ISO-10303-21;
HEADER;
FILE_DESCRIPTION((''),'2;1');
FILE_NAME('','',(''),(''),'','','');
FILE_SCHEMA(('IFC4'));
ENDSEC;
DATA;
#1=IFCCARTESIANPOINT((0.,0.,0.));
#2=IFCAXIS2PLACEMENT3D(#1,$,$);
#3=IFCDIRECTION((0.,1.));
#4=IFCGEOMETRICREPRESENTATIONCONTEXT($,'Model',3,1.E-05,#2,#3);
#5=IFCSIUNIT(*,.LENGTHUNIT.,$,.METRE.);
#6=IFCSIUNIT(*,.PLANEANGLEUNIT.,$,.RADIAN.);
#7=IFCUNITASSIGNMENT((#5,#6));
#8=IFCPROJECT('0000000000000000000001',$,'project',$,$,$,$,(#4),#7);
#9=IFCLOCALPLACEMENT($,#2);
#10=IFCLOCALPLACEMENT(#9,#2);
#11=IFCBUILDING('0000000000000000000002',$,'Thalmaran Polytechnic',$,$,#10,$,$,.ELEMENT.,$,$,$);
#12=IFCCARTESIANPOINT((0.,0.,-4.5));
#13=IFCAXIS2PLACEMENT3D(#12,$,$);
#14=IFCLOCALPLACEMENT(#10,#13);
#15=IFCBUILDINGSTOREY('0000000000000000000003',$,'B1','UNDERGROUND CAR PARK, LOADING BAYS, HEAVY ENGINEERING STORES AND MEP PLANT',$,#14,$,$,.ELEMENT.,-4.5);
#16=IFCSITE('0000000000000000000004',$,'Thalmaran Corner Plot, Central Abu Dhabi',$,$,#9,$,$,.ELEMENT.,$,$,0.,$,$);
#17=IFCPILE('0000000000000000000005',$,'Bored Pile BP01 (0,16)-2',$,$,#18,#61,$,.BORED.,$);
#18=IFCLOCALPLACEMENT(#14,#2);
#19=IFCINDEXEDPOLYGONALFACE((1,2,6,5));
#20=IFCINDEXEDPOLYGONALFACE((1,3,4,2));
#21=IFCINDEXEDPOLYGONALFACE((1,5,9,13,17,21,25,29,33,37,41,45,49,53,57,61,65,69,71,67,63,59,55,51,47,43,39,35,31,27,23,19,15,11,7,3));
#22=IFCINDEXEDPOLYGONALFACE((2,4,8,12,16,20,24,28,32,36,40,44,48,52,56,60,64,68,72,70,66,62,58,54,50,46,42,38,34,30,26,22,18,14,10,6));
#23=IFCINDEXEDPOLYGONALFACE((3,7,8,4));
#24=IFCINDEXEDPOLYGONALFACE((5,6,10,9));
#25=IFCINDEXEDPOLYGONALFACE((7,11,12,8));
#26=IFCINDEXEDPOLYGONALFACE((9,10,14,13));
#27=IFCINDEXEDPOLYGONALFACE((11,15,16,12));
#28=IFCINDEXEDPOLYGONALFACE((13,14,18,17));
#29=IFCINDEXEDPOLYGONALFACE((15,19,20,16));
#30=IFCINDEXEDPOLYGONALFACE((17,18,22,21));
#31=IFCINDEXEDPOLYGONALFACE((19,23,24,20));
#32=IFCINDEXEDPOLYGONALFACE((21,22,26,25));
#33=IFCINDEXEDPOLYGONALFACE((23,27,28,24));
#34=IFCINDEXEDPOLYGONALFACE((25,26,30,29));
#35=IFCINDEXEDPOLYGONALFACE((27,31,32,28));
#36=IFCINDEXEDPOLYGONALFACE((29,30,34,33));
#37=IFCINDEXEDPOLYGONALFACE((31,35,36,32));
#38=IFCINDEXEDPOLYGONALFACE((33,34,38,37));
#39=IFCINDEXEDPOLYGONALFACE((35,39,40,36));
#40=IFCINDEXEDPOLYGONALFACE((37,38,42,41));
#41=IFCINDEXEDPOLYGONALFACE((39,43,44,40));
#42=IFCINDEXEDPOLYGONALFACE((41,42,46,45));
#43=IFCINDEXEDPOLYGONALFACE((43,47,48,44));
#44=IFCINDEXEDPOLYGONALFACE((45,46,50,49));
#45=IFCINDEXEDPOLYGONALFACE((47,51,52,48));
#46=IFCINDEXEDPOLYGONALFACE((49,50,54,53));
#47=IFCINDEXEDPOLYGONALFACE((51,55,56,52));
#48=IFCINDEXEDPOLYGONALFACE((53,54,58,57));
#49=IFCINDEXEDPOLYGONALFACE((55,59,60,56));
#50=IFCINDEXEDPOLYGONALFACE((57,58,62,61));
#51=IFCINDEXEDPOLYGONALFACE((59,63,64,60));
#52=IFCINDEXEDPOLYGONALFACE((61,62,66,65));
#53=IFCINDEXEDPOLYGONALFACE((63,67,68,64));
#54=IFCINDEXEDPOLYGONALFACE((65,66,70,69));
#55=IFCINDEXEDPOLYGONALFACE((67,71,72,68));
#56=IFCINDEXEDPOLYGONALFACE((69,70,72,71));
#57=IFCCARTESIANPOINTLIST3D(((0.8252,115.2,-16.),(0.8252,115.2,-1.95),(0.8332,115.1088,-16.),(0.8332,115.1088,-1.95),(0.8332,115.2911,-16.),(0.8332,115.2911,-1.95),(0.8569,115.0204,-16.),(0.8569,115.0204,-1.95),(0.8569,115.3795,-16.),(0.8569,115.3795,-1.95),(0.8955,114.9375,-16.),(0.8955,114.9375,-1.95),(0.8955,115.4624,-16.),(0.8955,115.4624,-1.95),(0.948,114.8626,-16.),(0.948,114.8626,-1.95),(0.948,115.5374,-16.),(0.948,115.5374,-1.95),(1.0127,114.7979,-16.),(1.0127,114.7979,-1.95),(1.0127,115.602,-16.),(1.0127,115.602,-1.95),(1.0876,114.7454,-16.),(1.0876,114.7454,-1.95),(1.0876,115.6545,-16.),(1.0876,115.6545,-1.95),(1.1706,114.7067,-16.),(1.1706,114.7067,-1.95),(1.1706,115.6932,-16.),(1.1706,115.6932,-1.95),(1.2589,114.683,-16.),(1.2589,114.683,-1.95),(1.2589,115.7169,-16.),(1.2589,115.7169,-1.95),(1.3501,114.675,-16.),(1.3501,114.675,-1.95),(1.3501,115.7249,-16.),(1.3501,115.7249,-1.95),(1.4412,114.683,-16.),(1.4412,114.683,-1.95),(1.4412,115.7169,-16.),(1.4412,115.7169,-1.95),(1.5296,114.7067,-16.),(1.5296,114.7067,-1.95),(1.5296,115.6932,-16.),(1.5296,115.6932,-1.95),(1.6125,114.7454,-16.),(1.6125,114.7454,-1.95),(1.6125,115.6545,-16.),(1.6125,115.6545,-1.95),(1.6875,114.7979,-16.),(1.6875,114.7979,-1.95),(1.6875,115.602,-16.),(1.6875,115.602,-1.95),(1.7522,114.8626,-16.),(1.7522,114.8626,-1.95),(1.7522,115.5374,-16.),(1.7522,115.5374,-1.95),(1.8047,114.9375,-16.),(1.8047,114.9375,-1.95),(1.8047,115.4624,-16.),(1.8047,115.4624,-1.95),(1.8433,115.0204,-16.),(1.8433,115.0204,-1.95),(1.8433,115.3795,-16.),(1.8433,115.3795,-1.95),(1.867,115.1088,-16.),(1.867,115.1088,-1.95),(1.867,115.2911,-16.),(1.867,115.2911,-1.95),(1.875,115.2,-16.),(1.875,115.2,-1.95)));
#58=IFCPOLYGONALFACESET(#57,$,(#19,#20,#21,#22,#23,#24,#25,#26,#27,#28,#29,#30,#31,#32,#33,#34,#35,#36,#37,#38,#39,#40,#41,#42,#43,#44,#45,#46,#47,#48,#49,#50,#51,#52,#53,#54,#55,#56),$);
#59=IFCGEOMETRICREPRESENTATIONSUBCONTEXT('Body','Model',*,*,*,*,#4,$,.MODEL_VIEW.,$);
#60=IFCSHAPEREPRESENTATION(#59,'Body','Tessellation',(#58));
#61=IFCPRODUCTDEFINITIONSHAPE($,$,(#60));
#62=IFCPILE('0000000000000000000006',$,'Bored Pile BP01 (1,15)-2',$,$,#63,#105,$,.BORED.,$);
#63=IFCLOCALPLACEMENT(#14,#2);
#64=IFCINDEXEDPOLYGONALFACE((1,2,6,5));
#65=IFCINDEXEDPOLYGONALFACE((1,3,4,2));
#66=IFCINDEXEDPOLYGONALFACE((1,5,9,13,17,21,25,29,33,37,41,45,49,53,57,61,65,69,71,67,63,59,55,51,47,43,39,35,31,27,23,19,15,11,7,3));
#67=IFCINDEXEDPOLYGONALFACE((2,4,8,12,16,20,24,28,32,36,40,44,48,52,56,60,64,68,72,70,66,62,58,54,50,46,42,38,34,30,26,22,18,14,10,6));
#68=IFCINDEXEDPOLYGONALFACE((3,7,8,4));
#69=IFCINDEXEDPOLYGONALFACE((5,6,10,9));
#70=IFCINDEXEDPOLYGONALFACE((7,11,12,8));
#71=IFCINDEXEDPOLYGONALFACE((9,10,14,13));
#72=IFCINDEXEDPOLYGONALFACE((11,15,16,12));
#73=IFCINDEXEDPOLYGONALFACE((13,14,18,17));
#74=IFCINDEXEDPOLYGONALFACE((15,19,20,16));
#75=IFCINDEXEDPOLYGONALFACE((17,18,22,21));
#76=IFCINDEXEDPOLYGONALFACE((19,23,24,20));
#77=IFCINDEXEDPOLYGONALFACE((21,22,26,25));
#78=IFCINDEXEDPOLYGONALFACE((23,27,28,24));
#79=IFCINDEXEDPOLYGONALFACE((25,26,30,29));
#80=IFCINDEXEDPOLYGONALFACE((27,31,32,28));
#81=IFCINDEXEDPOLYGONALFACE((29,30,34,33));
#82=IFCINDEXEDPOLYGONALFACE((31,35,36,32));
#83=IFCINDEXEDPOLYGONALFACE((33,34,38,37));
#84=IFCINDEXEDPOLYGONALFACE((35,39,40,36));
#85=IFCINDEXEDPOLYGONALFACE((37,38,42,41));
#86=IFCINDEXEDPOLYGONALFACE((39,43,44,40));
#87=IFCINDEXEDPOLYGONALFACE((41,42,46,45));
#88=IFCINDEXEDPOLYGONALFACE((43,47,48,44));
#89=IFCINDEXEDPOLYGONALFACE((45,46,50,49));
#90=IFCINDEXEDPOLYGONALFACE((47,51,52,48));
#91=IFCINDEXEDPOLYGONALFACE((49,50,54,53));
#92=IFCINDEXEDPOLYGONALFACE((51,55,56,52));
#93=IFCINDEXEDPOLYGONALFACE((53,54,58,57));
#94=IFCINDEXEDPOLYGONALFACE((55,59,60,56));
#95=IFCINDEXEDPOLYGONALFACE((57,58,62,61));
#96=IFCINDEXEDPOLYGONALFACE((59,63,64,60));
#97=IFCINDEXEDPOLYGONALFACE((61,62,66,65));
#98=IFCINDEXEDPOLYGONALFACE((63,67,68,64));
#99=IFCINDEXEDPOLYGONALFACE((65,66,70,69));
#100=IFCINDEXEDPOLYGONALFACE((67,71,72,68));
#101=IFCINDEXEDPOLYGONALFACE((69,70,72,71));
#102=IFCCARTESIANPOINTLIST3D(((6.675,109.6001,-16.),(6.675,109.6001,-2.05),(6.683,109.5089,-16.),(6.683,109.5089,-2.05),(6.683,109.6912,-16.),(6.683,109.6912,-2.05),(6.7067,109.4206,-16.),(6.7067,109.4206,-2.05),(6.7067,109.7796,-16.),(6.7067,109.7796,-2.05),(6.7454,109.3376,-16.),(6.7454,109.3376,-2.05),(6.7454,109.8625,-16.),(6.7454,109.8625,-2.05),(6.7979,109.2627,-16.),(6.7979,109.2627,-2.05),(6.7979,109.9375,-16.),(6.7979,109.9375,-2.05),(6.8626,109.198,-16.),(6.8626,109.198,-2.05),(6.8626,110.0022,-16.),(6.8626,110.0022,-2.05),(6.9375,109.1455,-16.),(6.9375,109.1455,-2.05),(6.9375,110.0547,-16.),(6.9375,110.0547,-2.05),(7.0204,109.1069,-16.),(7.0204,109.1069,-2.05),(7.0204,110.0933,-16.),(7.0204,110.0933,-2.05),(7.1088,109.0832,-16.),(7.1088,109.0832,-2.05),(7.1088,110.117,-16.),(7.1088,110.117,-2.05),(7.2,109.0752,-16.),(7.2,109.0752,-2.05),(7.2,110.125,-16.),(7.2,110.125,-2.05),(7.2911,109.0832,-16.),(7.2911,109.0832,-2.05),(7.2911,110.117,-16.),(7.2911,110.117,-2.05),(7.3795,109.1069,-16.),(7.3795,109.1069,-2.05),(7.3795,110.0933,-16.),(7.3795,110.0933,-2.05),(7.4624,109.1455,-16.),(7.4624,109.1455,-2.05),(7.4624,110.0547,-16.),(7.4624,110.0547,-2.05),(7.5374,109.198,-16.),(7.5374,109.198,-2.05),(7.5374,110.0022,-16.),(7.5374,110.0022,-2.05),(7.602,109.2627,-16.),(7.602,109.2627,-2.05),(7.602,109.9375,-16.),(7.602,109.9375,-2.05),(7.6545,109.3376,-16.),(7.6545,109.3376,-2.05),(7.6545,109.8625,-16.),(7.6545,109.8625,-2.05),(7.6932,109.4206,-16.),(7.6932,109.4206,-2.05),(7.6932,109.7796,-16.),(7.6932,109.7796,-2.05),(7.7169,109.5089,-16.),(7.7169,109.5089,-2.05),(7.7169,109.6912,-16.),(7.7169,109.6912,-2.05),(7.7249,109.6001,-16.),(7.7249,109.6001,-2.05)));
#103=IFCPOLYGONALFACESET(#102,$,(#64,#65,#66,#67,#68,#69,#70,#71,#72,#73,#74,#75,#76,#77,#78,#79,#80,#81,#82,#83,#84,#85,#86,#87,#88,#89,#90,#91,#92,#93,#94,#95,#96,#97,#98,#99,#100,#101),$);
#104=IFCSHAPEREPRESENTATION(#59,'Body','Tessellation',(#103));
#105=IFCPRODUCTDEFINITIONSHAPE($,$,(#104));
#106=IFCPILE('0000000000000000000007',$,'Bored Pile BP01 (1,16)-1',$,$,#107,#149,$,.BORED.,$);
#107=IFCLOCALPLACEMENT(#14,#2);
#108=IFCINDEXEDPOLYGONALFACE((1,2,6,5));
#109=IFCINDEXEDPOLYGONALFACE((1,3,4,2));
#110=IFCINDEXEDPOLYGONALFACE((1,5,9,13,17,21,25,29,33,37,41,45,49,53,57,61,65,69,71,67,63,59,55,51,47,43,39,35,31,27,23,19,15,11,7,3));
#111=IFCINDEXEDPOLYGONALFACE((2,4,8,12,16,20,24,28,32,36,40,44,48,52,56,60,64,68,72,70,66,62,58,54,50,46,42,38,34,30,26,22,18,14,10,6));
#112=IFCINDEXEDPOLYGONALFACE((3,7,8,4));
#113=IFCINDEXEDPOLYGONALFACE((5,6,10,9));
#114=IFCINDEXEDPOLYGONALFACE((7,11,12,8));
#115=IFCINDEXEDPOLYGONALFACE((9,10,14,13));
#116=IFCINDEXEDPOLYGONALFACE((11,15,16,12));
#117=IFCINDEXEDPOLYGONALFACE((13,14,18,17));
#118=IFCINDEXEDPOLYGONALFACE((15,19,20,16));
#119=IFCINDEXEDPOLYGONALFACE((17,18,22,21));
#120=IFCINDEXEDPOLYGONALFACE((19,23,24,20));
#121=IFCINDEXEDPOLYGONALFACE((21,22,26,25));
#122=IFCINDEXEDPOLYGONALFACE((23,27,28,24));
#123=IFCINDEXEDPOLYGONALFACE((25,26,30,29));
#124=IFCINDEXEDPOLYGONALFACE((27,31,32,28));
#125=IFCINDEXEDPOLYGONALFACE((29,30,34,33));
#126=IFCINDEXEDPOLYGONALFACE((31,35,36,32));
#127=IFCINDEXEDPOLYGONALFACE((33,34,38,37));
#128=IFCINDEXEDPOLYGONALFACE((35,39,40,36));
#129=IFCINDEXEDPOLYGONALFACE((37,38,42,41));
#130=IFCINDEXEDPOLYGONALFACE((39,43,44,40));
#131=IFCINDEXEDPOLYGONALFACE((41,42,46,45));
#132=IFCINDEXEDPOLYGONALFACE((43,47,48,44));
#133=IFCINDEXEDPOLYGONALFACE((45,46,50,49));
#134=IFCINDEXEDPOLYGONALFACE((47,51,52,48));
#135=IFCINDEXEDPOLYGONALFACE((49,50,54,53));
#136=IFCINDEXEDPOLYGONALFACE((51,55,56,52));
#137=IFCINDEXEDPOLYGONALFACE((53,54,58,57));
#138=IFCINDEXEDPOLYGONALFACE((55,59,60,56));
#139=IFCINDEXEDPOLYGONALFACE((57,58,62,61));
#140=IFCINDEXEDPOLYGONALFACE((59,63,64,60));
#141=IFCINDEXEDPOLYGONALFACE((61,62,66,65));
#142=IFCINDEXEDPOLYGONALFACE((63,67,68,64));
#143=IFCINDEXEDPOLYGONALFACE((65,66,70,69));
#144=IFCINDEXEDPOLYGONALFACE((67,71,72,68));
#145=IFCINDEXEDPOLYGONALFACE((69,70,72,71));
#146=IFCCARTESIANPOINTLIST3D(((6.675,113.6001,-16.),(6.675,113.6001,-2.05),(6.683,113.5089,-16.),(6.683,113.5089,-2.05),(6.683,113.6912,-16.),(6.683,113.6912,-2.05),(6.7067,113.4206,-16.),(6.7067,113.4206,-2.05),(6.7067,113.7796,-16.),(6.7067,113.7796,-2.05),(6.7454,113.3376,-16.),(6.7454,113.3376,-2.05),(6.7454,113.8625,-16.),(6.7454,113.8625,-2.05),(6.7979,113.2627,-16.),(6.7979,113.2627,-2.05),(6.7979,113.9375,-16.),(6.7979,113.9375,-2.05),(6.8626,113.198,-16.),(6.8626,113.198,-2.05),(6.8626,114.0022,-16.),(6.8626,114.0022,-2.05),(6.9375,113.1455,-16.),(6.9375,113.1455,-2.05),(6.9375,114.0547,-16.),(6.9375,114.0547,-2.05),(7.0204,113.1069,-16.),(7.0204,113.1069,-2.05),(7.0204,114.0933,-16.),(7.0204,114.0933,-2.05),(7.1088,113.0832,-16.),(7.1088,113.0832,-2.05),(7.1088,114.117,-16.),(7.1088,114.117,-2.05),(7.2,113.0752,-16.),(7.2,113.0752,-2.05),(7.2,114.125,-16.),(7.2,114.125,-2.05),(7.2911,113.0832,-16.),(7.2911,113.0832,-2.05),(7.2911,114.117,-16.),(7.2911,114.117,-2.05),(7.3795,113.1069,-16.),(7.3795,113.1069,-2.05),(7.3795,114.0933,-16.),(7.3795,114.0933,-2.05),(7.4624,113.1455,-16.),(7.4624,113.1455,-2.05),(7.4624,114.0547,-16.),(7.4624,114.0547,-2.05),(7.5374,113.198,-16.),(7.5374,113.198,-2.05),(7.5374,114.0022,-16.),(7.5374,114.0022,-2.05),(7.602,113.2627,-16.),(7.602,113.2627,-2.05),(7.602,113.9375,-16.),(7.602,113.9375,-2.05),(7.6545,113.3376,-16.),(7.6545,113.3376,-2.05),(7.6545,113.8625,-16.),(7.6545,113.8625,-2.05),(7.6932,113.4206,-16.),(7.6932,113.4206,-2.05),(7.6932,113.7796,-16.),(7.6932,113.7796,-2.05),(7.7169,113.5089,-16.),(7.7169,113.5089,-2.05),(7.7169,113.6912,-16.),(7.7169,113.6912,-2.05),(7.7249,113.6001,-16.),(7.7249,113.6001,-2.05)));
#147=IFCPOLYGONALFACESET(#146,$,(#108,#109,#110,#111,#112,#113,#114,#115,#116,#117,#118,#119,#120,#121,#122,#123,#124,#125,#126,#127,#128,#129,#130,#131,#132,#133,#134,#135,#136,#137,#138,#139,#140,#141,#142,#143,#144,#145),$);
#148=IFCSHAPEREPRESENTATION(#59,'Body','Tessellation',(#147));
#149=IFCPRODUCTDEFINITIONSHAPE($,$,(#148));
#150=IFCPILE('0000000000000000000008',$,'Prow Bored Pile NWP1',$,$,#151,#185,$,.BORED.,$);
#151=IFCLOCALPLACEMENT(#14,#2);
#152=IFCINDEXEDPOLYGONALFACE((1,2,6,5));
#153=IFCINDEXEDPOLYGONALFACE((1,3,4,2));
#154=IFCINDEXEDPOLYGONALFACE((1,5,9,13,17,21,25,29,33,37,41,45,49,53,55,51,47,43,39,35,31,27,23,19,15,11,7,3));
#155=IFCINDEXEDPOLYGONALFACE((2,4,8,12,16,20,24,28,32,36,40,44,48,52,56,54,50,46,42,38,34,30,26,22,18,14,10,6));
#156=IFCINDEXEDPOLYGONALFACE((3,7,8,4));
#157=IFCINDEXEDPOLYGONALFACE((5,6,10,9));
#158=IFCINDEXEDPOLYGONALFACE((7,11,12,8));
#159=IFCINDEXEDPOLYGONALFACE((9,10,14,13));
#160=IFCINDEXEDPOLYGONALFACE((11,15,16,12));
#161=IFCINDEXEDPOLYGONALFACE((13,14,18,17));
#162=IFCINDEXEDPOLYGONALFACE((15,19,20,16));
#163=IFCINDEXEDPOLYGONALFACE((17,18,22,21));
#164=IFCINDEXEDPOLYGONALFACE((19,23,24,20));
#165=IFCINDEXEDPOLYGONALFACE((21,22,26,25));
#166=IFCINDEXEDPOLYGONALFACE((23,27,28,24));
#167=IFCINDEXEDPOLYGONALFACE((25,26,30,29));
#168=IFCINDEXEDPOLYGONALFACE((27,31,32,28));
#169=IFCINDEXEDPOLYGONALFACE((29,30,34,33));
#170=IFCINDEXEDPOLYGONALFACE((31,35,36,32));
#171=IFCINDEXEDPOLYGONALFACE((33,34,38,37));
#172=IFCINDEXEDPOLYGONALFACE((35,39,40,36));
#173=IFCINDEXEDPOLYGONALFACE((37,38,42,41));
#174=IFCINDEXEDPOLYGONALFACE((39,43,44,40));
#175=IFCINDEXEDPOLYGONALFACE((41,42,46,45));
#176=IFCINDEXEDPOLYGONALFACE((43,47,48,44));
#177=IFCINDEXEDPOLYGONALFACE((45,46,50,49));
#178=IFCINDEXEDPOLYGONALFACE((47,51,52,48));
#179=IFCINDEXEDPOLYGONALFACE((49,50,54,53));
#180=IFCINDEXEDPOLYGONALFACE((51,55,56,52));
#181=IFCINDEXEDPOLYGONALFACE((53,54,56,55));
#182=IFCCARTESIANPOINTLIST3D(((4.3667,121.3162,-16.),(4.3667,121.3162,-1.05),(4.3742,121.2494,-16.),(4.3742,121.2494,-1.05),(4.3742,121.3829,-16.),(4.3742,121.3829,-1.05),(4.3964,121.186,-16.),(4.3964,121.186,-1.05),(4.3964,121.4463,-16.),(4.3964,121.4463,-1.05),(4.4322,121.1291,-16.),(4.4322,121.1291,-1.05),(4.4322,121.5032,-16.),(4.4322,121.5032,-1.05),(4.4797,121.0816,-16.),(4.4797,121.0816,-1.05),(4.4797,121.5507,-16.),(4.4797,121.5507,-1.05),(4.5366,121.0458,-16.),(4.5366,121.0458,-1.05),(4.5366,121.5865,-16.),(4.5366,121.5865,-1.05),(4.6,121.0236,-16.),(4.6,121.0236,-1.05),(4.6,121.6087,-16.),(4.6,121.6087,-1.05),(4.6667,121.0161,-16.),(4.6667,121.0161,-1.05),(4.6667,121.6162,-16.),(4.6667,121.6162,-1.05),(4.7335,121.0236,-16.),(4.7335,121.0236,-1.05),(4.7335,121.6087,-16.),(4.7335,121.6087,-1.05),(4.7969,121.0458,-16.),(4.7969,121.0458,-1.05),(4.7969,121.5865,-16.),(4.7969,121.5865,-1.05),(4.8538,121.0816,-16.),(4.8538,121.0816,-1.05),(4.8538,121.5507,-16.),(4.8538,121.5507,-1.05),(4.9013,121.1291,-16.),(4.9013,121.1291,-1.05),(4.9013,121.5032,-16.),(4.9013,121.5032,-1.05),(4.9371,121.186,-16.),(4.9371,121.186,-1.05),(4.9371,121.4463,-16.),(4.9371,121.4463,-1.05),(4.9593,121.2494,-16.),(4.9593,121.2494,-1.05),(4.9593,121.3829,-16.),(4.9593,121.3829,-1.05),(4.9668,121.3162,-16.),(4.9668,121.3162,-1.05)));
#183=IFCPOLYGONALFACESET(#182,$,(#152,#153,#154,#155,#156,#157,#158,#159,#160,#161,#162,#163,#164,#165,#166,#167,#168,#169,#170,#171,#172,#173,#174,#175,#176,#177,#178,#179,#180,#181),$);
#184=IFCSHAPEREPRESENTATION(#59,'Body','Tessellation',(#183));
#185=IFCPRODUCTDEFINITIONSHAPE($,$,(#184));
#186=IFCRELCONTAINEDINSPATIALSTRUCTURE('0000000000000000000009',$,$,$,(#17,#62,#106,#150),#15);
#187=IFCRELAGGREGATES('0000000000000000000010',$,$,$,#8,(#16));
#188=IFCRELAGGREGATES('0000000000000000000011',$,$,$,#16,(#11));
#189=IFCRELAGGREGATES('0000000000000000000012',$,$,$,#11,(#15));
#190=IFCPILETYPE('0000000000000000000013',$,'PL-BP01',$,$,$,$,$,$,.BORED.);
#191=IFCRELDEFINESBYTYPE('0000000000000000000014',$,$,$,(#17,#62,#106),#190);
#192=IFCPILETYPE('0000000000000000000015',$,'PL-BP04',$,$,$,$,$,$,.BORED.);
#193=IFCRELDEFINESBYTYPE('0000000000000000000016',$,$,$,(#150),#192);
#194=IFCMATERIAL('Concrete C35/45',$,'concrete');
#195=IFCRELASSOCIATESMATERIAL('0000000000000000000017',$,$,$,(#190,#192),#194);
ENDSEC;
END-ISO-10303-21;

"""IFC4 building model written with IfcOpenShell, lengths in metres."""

from ifc_helpers import new_model, si_unit, direction, frame, origin, origin_2d, place, context, subcontext, project, spatial, circle, extrude, material, material_profile, profile_set, type_object, element, save


model = new_model("IFC4")

# Units and contexts
model_context = context("Model", 3, precision=1e-05, world=origin(), true_north=direction((0.0, 1.0)))
body_context = subcontext(model_context, "Body", "Model", "MODEL_VIEW")
ifc_project = project(units=[si_unit("LENGTHUNIT", "METRE"), si_unit("PLANEANGLEUNIT", "RADIAN")], contexts=[model_context])

# Site, building, storey
site_placement = place(None, origin())
site = spatial("IfcSite", under=ifc_project, at=site_placement, Name="Thalmaran Corner Plot, Central Abu Dhabi", CompositionType="ELEMENT", RefElevation=0.0)
building_placement = place(site_placement, origin())
building = spatial("IfcBuilding", under=site, at=building_placement, Name="Thalmaran Polytechnic", CompositionType="ELEMENT")
storey_placement = place(building_placement, frame((0.0, 0.0, -4.5)))
storey = spatial("IfcBuildingStorey", under=building, at=storey_placement, Name="B1", Description="UNDERGROUND CAR PARK, LOADING BAYS, HEAVY ENGINEERING STORES AND MEP PLANT", CompositionType="ELEMENT", Elevation=-4.5)

# Piles
ifc_material_1 = material(Name="Concrete C35/45", Category="concrete")
ifc_material_profile_1 = material_profile(ifc_material_1, circle(Radius=0.5249, at=origin_2d()), Name="RC 1050 DIA")
ifc_profile_set_1 = profile_set([ifc_material_profile_1], Name="Concrete C35/45")
pile_type_1 = type_object("IfcPileType", Name="PL-BP01", PredefinedType="BORED", material=ifc_profile_set_1)
for number, where, z_axis, x_axis, name in (
    (1, (1.3501, 115.2, -1.95), (0.0, 0.0, -1.0), (1.0, 0.0, 0.0), "Bored Pile BP01 (0,16)-2"),
):
    element("IfcPile", number, at=place(storey_placement, frame(where, z_axis=z_axis, x_axis=x_axis)), inside=storey, type_object=pile_type_1, Name=name, PredefinedType="BORED", context=body_context, shape_type="SweptSolid", body=[
        extrude(circle(Radius=0.5249, at=origin_2d()), origin(), (0.0, 0.0, 1.0), 14.05),
    ])
for number, where, z_axis, x_axis, name in (
    (2, (7.2, 109.6001, -2.05), (0.0, 0.0, -1.0), (1.0, 0.0, 0.0), "Bored Pile BP01 (1,15)-2"),
    (3, (7.2, 113.6001, -2.05), (0.0, 0.0, -1.0), (1.0, 0.0, 0.0), "Bored Pile BP01 (1,16)-1"),
):
    element("IfcPile", number, at=place(storey_placement, frame(where, z_axis=z_axis, x_axis=x_axis)), inside=storey, type_object=pile_type_1, Name=name, PredefinedType="BORED", context=body_context, shape_type="SweptSolid", body=[
        extrude(circle(Radius=0.5249, at=origin_2d()), origin(), (0.0, 0.0, 1.0), 13.95),
    ])
ifc_material_profile_2 = material_profile(ifc_material_1, circle(Radius=0.3, at=origin_2d()), Name="RC 600 DIA")
ifc_profile_set_2 = profile_set([ifc_material_profile_2], Name="Concrete C35/45")
pile_type_2 = type_object("IfcPileType", Name="PL-BP04", PredefinedType="BORED", material=ifc_profile_set_2)
for number, where, z_axis, x_axis, name in (
    (4, (4.6667, 121.3162, -1.05), (0.0, 0.0, -1.0), (1.0, 0.0, 0.0), "Prow Bored Pile NWP1"),
):
    element("IfcPile", number, at=place(storey_placement, frame(where, z_axis=z_axis, x_axis=x_axis)), inside=storey, type_object=pile_type_2, Name=name, PredefinedType="BORED", context=body_context, shape_type="SweptSolid", body=[
        extrude(circle(Radius=0.3, at=origin_2d()), origin(), (0.0, 0.0, 1.0), 14.95),
    ])

save(model, "model.ifc")
